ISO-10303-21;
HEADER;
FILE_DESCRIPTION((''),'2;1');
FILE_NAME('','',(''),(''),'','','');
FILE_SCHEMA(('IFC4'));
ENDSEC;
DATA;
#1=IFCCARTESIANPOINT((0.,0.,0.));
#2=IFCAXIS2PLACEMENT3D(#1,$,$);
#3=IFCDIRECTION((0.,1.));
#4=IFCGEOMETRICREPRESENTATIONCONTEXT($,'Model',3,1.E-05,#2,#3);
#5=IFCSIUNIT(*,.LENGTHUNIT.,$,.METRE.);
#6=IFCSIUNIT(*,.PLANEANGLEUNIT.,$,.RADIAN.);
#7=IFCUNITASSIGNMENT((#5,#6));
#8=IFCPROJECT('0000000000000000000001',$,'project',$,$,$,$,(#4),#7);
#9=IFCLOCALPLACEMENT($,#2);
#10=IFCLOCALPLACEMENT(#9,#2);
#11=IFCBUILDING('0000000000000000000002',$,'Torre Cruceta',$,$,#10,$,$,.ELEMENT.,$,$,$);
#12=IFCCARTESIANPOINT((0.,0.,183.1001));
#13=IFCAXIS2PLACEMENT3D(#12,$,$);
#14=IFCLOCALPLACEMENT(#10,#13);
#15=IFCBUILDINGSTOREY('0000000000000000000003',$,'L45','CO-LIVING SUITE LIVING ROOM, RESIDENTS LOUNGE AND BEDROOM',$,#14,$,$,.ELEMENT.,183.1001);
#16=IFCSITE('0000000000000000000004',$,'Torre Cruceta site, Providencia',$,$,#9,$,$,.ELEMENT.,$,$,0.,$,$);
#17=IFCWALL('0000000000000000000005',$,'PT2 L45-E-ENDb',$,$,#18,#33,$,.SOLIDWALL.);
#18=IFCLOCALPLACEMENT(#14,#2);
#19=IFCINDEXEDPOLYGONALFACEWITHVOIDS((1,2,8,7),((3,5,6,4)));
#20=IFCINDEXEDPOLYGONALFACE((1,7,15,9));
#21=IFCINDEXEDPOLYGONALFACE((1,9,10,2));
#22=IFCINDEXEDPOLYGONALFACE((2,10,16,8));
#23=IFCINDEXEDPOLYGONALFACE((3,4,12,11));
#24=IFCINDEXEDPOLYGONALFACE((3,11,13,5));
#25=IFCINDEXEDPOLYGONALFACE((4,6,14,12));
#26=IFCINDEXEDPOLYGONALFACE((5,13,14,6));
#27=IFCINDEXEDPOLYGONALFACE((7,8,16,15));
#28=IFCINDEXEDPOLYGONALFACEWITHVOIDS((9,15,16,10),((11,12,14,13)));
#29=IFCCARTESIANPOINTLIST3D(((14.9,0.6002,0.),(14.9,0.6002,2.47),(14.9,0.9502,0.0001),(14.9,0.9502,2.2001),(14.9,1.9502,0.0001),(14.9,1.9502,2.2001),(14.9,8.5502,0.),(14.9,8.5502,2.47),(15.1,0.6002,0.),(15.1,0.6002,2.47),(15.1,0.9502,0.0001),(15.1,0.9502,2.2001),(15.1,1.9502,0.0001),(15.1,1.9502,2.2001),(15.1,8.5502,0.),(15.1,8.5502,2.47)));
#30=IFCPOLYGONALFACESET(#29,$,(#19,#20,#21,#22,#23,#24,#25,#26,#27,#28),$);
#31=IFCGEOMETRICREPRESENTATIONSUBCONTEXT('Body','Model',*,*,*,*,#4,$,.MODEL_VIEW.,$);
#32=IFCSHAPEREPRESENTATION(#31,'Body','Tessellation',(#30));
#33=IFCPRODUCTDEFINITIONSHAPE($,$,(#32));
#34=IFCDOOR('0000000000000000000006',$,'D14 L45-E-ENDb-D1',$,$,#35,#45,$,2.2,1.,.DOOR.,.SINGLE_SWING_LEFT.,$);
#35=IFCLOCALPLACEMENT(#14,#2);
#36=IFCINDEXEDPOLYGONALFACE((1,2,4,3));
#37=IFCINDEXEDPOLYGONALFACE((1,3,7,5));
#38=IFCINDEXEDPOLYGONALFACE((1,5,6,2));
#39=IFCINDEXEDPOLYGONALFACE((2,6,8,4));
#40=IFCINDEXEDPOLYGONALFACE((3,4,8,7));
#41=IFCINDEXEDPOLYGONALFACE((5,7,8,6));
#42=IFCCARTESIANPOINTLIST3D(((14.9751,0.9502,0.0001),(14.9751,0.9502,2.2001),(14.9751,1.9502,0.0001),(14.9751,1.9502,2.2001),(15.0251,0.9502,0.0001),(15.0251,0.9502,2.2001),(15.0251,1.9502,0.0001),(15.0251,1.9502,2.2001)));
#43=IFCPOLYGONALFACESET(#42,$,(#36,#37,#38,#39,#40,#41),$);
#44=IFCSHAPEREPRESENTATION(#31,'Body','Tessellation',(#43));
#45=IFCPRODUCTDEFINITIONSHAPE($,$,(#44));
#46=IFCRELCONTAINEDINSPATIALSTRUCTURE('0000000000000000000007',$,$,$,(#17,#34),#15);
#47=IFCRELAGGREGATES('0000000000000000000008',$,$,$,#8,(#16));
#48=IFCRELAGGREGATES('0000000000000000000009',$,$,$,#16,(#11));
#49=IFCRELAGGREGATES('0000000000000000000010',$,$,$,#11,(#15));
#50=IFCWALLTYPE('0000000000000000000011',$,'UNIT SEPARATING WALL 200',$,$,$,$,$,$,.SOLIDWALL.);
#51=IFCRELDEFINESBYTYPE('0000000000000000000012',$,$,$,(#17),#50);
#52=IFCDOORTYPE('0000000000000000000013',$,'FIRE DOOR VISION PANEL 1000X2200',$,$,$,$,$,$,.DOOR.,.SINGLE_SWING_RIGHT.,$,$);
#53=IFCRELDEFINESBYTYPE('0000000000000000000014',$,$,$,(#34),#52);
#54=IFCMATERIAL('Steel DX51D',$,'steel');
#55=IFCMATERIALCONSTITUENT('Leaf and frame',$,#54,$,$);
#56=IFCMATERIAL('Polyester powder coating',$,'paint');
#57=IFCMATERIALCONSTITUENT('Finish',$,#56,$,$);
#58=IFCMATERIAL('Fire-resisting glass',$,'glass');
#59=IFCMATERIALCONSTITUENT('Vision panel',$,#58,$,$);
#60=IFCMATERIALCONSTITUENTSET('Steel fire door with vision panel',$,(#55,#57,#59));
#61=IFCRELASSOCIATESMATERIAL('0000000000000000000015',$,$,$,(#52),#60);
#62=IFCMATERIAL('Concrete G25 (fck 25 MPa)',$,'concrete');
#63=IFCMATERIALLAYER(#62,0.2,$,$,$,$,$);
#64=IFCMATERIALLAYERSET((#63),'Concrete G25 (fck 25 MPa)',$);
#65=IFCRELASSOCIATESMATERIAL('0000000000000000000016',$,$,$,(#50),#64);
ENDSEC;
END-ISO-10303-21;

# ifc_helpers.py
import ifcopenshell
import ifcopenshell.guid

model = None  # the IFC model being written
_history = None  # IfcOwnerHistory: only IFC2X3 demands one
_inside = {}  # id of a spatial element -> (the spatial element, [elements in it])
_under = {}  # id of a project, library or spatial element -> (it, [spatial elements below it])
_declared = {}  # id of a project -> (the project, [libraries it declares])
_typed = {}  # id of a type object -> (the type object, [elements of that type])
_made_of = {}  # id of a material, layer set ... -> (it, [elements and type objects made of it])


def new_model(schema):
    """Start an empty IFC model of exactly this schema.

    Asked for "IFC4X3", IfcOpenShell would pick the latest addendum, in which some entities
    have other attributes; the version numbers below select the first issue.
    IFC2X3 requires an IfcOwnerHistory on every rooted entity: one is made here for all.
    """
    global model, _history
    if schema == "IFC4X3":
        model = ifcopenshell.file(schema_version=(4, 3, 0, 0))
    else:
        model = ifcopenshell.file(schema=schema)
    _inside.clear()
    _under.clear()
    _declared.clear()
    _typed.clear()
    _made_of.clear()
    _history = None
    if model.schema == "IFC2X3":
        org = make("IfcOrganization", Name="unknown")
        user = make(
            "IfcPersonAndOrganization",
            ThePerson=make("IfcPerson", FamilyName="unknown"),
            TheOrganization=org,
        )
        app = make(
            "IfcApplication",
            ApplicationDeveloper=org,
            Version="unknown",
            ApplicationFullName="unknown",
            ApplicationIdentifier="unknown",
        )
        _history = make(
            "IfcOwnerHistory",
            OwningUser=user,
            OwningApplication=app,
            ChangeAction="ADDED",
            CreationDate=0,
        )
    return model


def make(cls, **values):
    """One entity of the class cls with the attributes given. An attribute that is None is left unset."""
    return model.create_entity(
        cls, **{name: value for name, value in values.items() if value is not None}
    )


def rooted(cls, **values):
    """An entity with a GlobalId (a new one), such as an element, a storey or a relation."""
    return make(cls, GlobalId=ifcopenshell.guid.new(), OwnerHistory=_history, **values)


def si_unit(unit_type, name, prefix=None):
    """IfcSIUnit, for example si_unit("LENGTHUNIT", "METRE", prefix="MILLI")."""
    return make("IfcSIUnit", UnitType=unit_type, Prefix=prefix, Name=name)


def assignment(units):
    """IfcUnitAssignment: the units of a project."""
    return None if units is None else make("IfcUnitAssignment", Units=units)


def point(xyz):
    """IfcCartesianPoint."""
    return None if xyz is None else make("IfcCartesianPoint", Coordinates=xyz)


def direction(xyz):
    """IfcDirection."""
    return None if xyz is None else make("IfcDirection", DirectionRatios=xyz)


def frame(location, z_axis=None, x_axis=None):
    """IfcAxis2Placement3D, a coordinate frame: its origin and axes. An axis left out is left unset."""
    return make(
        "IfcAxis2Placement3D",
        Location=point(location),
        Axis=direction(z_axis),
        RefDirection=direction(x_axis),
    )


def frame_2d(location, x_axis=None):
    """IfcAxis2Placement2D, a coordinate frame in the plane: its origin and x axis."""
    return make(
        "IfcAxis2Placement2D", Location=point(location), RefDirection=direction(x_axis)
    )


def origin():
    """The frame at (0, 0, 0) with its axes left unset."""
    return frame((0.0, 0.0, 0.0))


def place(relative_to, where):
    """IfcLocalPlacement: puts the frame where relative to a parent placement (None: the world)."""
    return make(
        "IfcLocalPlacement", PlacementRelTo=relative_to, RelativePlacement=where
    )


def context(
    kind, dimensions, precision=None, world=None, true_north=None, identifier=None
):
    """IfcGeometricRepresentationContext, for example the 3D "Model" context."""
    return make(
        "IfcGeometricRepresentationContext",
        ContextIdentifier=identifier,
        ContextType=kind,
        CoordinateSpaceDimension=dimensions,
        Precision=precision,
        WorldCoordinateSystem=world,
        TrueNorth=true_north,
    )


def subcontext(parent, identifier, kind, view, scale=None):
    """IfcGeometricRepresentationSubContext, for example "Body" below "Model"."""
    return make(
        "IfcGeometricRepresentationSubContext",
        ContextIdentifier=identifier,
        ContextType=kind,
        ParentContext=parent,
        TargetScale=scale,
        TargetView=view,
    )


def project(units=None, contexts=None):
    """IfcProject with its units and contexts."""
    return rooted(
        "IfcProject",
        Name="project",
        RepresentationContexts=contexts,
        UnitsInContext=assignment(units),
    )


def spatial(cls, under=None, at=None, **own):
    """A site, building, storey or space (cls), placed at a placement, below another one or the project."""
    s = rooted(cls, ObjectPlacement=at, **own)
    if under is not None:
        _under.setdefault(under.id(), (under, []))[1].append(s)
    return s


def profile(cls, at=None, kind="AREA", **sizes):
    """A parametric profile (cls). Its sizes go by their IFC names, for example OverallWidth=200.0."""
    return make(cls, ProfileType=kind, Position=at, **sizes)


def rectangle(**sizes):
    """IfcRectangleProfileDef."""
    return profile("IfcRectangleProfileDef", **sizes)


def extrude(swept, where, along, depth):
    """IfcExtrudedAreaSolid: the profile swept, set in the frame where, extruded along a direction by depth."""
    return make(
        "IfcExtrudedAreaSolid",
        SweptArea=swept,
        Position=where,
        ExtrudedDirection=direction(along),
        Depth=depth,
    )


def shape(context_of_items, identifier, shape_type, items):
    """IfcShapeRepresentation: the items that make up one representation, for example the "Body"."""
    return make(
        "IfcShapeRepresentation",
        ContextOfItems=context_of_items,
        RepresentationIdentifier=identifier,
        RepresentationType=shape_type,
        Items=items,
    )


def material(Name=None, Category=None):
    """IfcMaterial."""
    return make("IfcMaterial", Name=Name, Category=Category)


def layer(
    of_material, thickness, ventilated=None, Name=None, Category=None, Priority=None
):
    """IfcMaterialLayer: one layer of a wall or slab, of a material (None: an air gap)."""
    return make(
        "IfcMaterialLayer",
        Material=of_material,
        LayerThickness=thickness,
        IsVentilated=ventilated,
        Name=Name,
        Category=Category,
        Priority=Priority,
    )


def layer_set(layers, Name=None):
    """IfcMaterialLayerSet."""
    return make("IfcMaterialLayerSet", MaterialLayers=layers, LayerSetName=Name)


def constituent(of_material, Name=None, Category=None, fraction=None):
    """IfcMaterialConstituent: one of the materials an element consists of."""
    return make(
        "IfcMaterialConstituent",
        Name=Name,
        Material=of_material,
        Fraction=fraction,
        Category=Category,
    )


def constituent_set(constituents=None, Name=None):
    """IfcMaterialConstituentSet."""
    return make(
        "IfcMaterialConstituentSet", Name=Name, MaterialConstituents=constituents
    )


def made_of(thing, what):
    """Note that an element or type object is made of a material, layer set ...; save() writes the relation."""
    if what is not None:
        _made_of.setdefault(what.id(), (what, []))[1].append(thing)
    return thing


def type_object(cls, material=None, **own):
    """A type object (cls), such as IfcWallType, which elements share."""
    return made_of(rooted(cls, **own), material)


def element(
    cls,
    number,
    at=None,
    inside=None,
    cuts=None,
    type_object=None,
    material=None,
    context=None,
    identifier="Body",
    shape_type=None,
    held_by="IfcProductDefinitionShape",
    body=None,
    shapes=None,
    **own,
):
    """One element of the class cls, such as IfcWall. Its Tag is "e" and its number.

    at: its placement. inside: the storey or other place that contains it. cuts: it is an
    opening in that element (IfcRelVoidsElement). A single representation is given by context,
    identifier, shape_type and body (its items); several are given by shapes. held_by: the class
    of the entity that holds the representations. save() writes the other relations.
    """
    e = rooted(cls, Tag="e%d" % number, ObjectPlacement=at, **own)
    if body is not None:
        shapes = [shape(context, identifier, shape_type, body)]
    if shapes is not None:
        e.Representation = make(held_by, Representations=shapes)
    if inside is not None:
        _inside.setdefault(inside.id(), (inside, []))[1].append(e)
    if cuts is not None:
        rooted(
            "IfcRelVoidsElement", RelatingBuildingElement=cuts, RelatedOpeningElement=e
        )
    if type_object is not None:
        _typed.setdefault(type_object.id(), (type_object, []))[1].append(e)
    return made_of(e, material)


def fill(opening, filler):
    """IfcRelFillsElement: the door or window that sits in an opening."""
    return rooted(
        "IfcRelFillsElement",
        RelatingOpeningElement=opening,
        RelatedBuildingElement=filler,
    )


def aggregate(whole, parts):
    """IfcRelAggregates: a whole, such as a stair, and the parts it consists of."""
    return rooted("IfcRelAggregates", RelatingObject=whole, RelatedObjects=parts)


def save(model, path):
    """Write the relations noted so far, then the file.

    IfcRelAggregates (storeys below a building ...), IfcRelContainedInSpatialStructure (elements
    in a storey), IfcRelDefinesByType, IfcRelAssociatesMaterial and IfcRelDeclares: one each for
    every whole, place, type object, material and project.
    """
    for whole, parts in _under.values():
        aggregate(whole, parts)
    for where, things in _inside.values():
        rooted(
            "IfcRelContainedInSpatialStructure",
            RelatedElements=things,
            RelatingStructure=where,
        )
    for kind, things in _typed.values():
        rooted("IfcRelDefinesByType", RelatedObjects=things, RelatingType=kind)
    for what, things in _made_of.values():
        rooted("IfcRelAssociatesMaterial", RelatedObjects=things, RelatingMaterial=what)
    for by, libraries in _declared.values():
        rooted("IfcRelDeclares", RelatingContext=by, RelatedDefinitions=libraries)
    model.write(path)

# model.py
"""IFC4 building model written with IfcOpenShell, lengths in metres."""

from ifc_helpers import new_model, si_unit, direction, frame, frame_2d, origin, place, context, subcontext, project, spatial, rectangle, extrude, material, layer, layer_set, constituent, constituent_set, type_object, element, fill, save


model = new_model("IFC4")

# Units and contexts
model_context = context("Model", 3, precision=1e-05, world=origin(), true_north=direction((0.0, 1.0)))
body_context = subcontext(model_context, "Body", "Model", "MODEL_VIEW")
ifc_project = project(units=[si_unit("LENGTHUNIT", "METRE"), si_unit("PLANEANGLEUNIT", "RADIAN")], contexts=[model_context])

# Site, building, storey
site_placement = place(None, origin())
site = spatial("IfcSite", under=ifc_project, at=site_placement, Name="Torre Cruceta site, Providencia", CompositionType="ELEMENT", RefElevation=0.0)
building_placement = place(site_placement, origin())
building = spatial("IfcBuilding", under=site, at=building_placement, Name="Torre Cruceta", CompositionType="ELEMENT")
storey_placement = place(building_placement, frame((0.0, 0.0, 183.1001)))
storey = spatial("IfcBuildingStorey", under=building, at=storey_placement, Name="L45", Description="CO-LIVING SUITE LIVING ROOM, RESIDENTS LOUNGE AND BEDROOM", CompositionType="ELEMENT", Elevation=183.1001)

# Shared definitions
ifc_material_1 = material(Name="Steel DX51D", Category="steel")
ifc_constituent_1 = constituent(ifc_material_1, Name="Leaf and frame")
ifc_material_2 = material(Name="Polyester powder coating", Category="paint")
ifc_constituent_2 = constituent(ifc_material_2, Name="Finish")
ifc_material_3 = material(Name="Fire-resisting glass", Category="glass")
ifc_constituent_3 = constituent(ifc_material_3, Name="Vision panel")
ifc_constituent_set_1 = constituent_set(constituents=[ifc_constituent_1, ifc_constituent_2, ifc_constituent_3], Name="Steel fire door with vision panel")
door_type_1 = type_object("IfcDoorType", Name="FIRE DOOR VISION PANEL 1000X2200", OperationType="SINGLE_SWING_RIGHT", PredefinedType="DOOR", material=ifc_constituent_set_1)

# Wall, opening, door
ifc_material_4 = material(Name="Concrete G25 (fck 25 MPa)", Category="concrete")
ifc_layer_1 = layer(ifc_material_4, 0.2)
ifc_layer_set_1 = layer_set([ifc_layer_1], Name="Concrete G25 (fck 25 MPa)")
wall_type_1 = type_object("IfcWallType", Name="UNIT SEPARATING WALL 200", PredefinedType="SOLIDWALL", material=ifc_layer_set_1)
wall_1_placement = place(storey_placement, frame((15.0, 0.6001, 0.0), z_axis=(0.0, 0.0, 1.0), x_axis=(0.0, 1.0, 0.0)))
wall_1 = element("IfcWall", 1, at=wall_1_placement, inside=storey, type_object=wall_type_1, Name="PT2 L45-E-ENDb", PredefinedType="SOLIDWALL", context=body_context, shape_type="SweptSolid", body=[
    extrude(rectangle(XDim=7.95, YDim=0.2, at=frame_2d((3.9751, 0.0))), origin(), (0.0, 0.0, 1.0), 2.47),
])
opening_1_placement = place(wall_1_placement, frame((0.3501, 0.0, 0.0)))
opening_1 = element("IfcOpeningElement", 2, at=opening_1_placement, cuts=wall_1, PredefinedType="OPENING", context=body_context, shape_type="SweptSolid", body=[
    extrude(rectangle(XDim=1.0, YDim=2.2, at=frame_2d((0.5, 1.1001))), frame((0.0, 0.1099, 0.0), z_axis=(0.0, -1.0, 0.0), x_axis=(1.0, 0.0, 0.0)), (0.0, 0.0, 1.0), 0.22),
])
door_1_placement = place(opening_1_placement, frame((1.0, 0.0, 0.0), z_axis=(0.0, 0.0, 1.0), x_axis=(-1.0, 0.0, 0.0)))
door_1 = element("IfcDoor", 3, at=door_1_placement, inside=storey, type_object=door_type_1, Name="D14 L45-E-ENDb-D1", OperationType="SINGLE_SWING_LEFT", OverallHeight=2.2, OverallWidth=1.0, PredefinedType="DOOR", context=body_context, shape_type="SweptSolid", body=[
    extrude(rectangle(XDim=1.0, YDim=2.2, at=frame_2d((0.5, 1.1001))), frame((0.0, 0.0251, 0.0), z_axis=(0.0, -1.0, 0.0), x_axis=(1.0, 0.0, 0.0)), (0.0, 0.0, 1.0), 0.05),
])
fill(opening_1, door_1)

save(model, "model.ifc")
